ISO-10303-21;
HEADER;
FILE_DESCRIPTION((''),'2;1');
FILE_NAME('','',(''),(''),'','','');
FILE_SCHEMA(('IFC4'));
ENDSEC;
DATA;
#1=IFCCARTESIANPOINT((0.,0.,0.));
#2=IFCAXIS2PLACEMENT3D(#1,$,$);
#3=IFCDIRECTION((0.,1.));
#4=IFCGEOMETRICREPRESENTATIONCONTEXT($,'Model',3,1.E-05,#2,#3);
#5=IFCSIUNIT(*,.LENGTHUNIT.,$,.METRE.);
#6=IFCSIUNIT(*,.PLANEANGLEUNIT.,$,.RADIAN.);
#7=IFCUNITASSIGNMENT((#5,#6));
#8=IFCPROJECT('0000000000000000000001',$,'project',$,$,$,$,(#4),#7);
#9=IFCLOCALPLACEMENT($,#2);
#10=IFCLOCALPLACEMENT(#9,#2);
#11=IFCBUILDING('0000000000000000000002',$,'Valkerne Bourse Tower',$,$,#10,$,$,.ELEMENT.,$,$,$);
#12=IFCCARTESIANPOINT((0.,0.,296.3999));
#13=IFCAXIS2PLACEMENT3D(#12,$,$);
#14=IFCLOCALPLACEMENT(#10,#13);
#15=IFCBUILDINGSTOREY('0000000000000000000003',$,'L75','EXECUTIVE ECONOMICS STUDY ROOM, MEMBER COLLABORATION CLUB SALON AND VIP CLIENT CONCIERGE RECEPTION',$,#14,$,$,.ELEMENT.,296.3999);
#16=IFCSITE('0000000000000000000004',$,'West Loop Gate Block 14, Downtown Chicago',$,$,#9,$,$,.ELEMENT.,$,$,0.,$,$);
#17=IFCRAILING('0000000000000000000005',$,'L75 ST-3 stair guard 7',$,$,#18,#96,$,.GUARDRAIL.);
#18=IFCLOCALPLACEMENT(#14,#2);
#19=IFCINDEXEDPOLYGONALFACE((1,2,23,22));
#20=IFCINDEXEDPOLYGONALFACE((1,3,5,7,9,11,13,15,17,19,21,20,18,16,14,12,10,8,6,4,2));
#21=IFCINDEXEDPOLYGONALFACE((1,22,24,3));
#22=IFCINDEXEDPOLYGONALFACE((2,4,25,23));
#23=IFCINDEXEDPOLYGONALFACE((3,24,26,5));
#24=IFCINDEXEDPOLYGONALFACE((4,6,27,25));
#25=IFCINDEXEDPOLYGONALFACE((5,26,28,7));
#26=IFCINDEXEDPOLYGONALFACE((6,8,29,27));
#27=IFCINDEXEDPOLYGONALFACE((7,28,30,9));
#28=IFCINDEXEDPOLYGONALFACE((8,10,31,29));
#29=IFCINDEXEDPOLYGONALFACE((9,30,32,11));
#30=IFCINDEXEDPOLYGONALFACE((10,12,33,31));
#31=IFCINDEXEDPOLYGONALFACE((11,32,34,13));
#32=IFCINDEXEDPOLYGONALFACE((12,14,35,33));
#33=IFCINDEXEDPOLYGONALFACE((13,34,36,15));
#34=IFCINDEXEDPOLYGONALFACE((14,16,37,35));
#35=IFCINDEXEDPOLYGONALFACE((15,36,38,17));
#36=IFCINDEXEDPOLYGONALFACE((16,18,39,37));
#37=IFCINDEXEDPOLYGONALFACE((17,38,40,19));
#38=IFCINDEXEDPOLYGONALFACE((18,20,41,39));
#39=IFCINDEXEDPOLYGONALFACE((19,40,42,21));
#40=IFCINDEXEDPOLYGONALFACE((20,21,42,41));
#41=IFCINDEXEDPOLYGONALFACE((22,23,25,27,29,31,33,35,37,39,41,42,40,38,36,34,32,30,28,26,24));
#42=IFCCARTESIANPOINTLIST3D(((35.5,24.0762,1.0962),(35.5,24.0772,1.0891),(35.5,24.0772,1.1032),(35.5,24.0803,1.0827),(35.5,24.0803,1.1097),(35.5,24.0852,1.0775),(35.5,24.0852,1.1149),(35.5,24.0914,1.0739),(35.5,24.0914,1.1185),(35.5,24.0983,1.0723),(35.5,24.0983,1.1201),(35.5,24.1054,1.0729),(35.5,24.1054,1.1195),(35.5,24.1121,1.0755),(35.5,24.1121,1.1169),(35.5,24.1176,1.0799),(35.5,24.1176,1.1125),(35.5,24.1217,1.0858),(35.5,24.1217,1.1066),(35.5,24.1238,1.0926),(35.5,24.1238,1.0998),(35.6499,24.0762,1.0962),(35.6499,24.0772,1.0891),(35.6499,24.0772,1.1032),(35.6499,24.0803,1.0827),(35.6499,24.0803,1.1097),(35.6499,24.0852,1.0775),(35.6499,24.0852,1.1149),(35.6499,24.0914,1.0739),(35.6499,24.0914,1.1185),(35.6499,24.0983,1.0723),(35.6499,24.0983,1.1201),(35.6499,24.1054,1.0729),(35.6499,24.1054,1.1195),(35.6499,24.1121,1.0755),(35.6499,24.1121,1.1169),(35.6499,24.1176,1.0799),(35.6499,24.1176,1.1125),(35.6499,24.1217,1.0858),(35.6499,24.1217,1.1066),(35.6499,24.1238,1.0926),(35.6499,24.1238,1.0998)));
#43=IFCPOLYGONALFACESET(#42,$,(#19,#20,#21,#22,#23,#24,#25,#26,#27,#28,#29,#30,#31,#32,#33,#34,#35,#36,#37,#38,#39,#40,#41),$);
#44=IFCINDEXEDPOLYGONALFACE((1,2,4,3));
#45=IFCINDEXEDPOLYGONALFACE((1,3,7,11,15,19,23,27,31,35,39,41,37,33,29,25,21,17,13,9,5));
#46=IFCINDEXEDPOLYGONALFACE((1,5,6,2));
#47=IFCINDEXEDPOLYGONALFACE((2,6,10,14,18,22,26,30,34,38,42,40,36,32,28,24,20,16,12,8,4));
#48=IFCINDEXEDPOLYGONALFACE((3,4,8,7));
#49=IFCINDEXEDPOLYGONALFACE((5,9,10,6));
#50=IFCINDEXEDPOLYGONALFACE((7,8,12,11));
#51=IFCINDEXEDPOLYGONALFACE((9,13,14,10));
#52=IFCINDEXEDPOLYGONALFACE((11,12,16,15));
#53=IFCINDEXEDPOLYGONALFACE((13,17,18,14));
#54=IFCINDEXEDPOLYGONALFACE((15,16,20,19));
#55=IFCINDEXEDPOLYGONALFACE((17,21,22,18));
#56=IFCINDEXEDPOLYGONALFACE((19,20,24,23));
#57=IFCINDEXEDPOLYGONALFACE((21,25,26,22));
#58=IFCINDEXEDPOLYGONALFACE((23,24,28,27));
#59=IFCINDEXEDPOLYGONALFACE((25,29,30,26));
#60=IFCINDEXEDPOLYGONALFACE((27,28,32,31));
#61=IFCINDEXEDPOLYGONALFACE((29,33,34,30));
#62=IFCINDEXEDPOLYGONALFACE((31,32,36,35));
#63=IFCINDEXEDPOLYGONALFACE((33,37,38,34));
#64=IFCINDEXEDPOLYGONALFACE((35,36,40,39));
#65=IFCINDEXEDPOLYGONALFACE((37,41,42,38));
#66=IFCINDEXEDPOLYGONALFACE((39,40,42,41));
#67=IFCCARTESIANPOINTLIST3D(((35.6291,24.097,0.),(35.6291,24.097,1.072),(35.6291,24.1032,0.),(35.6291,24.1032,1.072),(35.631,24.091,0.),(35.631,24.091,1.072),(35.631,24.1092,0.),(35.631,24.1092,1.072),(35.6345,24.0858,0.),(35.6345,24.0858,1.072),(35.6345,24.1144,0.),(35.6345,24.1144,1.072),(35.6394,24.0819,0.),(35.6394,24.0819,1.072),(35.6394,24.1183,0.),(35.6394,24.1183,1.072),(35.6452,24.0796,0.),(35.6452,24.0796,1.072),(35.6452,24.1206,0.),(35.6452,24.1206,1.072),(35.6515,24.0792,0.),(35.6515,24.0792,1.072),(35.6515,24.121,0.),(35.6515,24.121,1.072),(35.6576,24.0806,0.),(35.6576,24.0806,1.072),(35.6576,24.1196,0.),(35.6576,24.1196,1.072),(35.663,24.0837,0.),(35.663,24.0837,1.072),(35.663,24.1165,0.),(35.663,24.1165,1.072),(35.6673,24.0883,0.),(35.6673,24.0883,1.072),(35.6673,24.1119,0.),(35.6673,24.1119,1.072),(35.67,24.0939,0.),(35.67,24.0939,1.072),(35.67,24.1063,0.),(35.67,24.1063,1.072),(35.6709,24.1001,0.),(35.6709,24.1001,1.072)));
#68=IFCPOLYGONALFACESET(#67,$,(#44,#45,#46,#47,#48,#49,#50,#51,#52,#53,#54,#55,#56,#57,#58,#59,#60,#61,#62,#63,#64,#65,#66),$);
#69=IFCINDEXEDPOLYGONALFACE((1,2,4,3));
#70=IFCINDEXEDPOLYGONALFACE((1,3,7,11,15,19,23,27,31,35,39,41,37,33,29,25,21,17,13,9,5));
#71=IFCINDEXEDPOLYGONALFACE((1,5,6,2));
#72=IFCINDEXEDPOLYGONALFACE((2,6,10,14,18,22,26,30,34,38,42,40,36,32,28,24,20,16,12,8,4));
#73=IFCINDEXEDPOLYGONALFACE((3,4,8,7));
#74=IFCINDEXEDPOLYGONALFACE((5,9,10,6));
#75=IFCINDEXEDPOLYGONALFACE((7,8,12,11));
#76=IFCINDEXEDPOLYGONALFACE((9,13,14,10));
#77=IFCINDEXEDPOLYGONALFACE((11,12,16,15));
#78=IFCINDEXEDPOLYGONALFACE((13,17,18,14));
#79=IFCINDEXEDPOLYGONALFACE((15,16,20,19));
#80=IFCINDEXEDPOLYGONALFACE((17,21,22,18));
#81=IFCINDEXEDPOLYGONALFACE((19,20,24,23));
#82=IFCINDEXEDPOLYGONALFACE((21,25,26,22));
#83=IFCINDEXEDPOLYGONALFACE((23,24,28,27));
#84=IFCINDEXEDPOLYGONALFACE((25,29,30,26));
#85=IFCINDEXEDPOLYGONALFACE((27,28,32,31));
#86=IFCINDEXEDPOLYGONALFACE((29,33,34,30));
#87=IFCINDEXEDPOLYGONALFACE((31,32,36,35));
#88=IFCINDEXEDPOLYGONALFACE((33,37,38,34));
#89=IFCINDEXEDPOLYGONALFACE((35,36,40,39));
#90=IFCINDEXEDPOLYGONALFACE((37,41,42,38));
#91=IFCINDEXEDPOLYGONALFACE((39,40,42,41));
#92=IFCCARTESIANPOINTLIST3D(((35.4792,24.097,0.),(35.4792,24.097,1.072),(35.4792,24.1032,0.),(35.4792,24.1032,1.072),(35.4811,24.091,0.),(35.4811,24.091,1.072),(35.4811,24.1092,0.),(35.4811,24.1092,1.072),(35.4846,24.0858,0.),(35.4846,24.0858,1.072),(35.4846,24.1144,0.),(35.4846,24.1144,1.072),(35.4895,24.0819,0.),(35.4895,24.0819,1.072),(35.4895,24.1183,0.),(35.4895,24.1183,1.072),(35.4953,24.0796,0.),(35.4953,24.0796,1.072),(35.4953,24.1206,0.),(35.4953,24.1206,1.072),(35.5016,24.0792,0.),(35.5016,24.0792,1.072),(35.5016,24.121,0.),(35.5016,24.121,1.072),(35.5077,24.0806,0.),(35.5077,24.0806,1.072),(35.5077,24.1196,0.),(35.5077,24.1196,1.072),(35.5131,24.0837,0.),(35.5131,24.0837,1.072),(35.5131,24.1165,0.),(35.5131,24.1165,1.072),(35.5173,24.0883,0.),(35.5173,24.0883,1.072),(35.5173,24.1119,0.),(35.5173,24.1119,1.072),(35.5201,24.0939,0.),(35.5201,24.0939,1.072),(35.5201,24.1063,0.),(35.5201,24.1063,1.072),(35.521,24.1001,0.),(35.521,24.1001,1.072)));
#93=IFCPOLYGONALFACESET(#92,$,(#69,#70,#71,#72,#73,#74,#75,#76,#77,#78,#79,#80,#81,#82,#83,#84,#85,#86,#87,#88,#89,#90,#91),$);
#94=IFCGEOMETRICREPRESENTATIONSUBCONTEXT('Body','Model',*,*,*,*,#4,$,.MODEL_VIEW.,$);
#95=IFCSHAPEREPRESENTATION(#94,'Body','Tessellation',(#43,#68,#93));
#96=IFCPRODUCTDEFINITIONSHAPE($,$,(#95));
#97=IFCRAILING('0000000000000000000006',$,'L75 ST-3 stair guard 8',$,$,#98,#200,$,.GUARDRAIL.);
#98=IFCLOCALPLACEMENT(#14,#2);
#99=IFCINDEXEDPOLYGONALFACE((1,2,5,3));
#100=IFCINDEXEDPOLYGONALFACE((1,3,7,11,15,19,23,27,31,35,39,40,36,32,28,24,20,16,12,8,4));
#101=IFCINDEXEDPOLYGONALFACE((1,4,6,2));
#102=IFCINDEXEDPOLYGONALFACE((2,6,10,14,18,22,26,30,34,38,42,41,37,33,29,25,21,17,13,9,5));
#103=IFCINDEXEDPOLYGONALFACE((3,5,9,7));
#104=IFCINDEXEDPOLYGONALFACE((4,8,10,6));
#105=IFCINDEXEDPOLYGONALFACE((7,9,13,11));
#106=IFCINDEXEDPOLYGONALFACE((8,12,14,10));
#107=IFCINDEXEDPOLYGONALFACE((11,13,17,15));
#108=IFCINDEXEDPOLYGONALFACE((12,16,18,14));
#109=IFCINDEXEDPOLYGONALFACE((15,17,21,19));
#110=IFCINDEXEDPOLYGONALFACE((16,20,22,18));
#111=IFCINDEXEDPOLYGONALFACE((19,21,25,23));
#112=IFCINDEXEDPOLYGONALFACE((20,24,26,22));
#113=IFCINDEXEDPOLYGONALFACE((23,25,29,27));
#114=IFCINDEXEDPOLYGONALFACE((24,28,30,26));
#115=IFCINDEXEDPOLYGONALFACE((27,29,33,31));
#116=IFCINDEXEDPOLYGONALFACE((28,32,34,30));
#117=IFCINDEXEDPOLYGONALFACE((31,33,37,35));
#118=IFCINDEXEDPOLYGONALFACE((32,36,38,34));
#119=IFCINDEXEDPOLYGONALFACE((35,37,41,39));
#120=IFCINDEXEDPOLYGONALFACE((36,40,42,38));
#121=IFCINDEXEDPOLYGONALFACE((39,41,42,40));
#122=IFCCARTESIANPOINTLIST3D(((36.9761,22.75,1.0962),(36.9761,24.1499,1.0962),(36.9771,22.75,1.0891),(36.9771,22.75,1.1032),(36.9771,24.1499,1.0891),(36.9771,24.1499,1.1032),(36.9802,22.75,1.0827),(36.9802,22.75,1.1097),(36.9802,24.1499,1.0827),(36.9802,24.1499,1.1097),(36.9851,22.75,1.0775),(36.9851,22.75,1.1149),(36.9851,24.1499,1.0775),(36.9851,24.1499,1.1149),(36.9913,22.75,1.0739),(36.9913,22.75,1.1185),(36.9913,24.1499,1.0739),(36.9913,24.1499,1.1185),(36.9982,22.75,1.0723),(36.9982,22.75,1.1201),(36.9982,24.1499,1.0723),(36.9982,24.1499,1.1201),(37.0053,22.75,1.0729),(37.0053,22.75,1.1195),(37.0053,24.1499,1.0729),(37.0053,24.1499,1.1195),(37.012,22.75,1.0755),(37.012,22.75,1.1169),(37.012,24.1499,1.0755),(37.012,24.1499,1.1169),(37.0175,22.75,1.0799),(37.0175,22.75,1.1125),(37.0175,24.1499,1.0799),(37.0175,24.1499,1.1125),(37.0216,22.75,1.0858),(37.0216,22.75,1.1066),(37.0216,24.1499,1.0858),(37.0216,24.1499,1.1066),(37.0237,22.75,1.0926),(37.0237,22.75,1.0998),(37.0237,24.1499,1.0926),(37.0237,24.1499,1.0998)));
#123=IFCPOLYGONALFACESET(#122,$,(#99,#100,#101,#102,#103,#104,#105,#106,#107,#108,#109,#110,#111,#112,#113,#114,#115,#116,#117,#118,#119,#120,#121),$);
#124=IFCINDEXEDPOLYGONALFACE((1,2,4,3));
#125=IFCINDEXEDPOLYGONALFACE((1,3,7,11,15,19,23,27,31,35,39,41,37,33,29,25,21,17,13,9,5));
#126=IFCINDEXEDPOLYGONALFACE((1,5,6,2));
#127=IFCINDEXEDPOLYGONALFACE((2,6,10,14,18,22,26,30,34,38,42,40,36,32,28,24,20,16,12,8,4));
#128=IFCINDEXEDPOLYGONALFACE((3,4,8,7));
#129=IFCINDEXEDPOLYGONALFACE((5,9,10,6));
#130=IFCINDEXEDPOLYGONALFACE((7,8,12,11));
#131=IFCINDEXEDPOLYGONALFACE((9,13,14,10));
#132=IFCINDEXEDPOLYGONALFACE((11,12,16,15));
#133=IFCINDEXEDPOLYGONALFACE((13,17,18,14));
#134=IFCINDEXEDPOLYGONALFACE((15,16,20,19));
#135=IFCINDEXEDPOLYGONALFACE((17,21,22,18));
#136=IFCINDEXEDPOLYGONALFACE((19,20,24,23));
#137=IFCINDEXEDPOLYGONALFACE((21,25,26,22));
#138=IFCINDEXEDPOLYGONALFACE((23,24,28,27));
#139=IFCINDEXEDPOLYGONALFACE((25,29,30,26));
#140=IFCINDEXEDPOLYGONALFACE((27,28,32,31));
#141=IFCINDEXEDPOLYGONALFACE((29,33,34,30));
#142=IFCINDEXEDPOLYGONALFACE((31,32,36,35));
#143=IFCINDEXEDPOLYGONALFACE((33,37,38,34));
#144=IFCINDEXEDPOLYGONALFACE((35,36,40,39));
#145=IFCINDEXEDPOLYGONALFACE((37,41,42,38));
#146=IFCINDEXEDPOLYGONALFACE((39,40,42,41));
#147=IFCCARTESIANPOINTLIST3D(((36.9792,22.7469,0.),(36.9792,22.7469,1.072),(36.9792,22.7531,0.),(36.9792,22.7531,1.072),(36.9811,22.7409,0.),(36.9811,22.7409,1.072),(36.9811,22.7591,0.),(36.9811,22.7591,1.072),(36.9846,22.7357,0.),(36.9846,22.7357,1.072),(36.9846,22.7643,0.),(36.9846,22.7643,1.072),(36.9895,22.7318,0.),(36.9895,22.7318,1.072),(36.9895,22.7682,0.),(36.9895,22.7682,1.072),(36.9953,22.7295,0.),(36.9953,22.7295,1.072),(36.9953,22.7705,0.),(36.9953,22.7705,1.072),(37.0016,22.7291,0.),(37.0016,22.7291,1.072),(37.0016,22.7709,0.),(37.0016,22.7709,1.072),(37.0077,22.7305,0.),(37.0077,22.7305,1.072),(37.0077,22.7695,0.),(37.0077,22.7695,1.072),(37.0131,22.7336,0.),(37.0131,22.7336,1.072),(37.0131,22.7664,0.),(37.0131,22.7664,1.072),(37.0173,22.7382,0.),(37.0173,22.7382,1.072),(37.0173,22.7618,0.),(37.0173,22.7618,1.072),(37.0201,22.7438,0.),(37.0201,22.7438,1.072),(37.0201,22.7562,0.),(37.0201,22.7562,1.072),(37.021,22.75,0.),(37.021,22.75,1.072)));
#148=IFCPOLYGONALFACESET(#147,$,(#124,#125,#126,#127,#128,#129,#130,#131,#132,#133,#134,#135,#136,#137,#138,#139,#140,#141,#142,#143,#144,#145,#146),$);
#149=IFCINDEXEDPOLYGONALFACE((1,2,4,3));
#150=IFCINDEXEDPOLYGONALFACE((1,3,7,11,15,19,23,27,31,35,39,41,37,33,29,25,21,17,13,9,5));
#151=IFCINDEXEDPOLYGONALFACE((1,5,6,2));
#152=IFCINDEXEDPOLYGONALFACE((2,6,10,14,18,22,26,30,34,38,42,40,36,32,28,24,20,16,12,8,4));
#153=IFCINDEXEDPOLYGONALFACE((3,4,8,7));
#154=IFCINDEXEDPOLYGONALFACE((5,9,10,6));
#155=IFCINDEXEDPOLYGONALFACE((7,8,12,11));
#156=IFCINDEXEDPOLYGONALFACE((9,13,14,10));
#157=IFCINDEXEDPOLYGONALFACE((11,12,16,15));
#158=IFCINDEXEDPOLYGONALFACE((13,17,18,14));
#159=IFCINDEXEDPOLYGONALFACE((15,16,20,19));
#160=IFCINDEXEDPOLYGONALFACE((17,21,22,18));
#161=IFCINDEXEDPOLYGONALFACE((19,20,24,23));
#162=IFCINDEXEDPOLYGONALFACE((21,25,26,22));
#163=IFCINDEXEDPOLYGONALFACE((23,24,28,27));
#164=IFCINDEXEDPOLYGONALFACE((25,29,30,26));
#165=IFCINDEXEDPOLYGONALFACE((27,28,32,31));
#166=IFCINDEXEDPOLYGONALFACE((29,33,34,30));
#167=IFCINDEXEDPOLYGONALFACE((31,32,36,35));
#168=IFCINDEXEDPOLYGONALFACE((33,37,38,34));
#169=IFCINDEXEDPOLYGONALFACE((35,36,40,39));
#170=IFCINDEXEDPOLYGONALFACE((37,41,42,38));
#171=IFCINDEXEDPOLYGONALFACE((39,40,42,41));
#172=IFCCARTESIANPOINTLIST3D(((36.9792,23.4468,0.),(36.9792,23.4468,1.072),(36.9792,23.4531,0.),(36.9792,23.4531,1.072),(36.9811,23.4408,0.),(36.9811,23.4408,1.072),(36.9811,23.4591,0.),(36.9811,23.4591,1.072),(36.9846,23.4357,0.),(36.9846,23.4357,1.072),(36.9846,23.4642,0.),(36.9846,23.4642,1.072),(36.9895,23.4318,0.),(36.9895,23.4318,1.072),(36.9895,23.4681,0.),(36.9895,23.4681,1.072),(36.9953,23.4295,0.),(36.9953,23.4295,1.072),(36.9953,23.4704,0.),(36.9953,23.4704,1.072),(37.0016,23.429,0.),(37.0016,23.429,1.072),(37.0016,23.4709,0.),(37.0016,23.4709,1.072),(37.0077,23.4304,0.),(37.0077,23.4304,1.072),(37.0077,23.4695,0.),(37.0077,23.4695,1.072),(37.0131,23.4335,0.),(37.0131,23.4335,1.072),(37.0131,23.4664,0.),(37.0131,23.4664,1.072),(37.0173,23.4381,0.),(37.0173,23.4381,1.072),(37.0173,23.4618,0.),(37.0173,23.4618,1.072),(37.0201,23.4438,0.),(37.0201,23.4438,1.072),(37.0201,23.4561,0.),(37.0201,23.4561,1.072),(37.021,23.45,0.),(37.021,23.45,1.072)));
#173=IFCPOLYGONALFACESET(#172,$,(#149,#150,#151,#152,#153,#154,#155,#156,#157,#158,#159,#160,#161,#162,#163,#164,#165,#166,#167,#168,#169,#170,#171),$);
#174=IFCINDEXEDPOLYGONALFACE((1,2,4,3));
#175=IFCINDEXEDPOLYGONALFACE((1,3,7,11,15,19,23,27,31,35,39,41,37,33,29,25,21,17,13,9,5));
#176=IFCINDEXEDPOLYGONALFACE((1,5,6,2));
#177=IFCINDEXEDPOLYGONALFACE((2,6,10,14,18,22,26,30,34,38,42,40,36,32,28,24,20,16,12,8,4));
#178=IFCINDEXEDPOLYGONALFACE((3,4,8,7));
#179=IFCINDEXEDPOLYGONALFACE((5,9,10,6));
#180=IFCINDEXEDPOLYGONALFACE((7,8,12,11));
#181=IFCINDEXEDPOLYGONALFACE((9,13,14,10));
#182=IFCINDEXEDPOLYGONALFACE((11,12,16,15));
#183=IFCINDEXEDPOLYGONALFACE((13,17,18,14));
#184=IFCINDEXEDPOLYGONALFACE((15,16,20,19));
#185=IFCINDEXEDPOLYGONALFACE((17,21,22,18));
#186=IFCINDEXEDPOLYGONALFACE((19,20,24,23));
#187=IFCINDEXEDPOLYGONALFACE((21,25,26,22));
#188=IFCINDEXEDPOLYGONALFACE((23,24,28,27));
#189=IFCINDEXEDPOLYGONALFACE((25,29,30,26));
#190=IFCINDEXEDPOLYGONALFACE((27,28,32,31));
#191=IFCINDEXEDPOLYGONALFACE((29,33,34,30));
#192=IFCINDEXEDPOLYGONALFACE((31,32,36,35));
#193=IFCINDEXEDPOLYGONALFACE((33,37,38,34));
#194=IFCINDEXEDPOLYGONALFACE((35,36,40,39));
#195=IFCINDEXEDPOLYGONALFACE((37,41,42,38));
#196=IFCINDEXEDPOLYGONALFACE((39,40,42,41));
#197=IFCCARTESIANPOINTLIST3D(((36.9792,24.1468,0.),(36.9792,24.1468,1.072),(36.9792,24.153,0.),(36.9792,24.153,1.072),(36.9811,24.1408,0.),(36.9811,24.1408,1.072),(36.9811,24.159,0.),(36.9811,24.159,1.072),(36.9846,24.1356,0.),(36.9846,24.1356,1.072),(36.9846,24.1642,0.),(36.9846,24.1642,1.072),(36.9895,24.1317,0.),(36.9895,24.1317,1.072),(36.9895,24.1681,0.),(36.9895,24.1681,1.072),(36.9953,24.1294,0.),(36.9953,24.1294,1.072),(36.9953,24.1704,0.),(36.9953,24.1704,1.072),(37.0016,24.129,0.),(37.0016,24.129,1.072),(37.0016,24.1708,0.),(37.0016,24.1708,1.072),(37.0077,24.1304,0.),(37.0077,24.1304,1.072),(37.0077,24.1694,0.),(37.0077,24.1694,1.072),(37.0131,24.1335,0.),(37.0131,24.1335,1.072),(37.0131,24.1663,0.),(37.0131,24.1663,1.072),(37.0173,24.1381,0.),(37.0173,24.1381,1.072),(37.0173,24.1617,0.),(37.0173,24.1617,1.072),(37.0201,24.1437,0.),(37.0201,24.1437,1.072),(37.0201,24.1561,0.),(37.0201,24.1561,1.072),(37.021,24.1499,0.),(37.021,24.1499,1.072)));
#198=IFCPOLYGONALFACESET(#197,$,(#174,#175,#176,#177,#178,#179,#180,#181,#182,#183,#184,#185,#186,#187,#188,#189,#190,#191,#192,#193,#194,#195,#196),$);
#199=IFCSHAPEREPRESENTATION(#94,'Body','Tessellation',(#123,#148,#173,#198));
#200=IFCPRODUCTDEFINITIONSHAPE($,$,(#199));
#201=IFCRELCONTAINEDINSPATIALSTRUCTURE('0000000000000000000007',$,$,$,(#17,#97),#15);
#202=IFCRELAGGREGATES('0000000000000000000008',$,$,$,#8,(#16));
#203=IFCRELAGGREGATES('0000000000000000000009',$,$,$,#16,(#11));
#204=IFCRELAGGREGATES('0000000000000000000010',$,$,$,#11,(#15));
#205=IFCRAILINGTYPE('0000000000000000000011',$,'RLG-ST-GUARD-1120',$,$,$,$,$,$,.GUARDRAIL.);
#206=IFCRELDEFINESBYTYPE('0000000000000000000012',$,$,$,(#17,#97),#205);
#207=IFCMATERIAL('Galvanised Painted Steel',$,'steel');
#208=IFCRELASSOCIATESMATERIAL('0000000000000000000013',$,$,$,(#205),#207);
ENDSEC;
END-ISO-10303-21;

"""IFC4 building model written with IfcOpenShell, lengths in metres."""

from ifc_helpers import new_model, si_unit, direction, frame, origin, origin_2d, place, context, subcontext, project, spatial, circle, extrude, material, type_object, element, save


model = new_model("IFC4")

# Units and contexts
model_context = context("Model", 3, precision=1e-05, world=origin(), true_north=direction((0.0, 1.0)))
body_context = subcontext(model_context, "Body", "Model", "MODEL_VIEW")
ifc_project = project(units=[si_unit("LENGTHUNIT", "METRE"), si_unit("PLANEANGLEUNIT", "RADIAN")], contexts=[model_context])

# Site, building, storey
site_placement = place(None, origin())
site = spatial("IfcSite", under=ifc_project, at=site_placement, Name="West Loop Gate Block 14, Downtown Chicago", CompositionType="ELEMENT", RefElevation=0.0)
building_placement = place(site_placement, origin())
building = spatial("IfcBuilding", under=site, at=building_placement, Name="Valkerne Bourse Tower", CompositionType="ELEMENT")
storey_placement = place(building_placement, frame((0.0, 0.0, 296.3999)))
storey = spatial("IfcBuildingStorey", under=building, at=storey_placement, Name="L75", Description="EXECUTIVE ECONOMICS STUDY ROOM, MEMBER COLLABORATION CLUB SALON AND VIP CLIENT CONCIERGE RECEPTION", CompositionType="ELEMENT", Elevation=296.3999)

# Railings
ifc_material_1 = material(Name="Galvanised Painted Steel", Category="steel")
railing_type_1 = type_object("IfcRailingType", Name="RLG-ST-GUARD-1120", PredefinedType="GUARDRAIL", material=ifc_material_1)
railing_1_placement = place(storey_placement, frame((35.6499, 24.1001, 0.0)))
element("IfcRailing", 1, at=railing_1_placement, inside=storey, type_object=railing_type_1, Name="L75 ST-3 stair guard 7", PredefinedType="GUARDRAIL", context=body_context, shape_type="SweptSolid", body=[
    extrude(circle(Radius=0.0239, at=origin_2d()), frame((0.0, 0.0, 1.0962), z_axis=(-1.0, 0.0, 0.0), x_axis=(0.0, -1.0, 0.0)), (0.0, 0.0, 1.0), 0.1499),
    extrude(circle(Radius=0.021, at=origin_2d()), origin(), (0.0, 0.0, 1.0), 1.072),
    extrude(circle(Radius=0.021, at=origin_2d()), frame((-0.1499, 0.0, 0.0)), (0.0, 0.0, 1.0), 1.072),
])
railing_2_placement = place(storey_placement, frame((37.0, 22.75, 0.0)))
element("IfcRailing", 2, at=railing_2_placement, inside=storey, type_object=railing_type_1, Name="L75 ST-3 stair guard 8", PredefinedType="GUARDRAIL", context=body_context, shape_type="SweptSolid", body=[
    extrude(circle(Radius=0.0239, at=origin_2d()), frame((0.0, 0.0, 1.0962), z_axis=(0.0, 1.0, 0.0), x_axis=(-1.0, 0.0, 0.0)), (0.0, 0.0, 1.0), 1.3999),
    extrude(circle(Radius=0.021, at=origin_2d()), origin(), (0.0, 0.0, 1.0), 1.072),
    extrude(circle(Radius=0.021, at=origin_2d()), frame((0.0, 0.7, 0.0)), (0.0, 0.0, 1.0), 1.072),
    extrude(circle(Radius=0.021, at=origin_2d()), frame((0.0, 1.3999, 0.0)), (0.0, 0.0, 1.0), 1.072),
])

save(model, "model.ifc")
